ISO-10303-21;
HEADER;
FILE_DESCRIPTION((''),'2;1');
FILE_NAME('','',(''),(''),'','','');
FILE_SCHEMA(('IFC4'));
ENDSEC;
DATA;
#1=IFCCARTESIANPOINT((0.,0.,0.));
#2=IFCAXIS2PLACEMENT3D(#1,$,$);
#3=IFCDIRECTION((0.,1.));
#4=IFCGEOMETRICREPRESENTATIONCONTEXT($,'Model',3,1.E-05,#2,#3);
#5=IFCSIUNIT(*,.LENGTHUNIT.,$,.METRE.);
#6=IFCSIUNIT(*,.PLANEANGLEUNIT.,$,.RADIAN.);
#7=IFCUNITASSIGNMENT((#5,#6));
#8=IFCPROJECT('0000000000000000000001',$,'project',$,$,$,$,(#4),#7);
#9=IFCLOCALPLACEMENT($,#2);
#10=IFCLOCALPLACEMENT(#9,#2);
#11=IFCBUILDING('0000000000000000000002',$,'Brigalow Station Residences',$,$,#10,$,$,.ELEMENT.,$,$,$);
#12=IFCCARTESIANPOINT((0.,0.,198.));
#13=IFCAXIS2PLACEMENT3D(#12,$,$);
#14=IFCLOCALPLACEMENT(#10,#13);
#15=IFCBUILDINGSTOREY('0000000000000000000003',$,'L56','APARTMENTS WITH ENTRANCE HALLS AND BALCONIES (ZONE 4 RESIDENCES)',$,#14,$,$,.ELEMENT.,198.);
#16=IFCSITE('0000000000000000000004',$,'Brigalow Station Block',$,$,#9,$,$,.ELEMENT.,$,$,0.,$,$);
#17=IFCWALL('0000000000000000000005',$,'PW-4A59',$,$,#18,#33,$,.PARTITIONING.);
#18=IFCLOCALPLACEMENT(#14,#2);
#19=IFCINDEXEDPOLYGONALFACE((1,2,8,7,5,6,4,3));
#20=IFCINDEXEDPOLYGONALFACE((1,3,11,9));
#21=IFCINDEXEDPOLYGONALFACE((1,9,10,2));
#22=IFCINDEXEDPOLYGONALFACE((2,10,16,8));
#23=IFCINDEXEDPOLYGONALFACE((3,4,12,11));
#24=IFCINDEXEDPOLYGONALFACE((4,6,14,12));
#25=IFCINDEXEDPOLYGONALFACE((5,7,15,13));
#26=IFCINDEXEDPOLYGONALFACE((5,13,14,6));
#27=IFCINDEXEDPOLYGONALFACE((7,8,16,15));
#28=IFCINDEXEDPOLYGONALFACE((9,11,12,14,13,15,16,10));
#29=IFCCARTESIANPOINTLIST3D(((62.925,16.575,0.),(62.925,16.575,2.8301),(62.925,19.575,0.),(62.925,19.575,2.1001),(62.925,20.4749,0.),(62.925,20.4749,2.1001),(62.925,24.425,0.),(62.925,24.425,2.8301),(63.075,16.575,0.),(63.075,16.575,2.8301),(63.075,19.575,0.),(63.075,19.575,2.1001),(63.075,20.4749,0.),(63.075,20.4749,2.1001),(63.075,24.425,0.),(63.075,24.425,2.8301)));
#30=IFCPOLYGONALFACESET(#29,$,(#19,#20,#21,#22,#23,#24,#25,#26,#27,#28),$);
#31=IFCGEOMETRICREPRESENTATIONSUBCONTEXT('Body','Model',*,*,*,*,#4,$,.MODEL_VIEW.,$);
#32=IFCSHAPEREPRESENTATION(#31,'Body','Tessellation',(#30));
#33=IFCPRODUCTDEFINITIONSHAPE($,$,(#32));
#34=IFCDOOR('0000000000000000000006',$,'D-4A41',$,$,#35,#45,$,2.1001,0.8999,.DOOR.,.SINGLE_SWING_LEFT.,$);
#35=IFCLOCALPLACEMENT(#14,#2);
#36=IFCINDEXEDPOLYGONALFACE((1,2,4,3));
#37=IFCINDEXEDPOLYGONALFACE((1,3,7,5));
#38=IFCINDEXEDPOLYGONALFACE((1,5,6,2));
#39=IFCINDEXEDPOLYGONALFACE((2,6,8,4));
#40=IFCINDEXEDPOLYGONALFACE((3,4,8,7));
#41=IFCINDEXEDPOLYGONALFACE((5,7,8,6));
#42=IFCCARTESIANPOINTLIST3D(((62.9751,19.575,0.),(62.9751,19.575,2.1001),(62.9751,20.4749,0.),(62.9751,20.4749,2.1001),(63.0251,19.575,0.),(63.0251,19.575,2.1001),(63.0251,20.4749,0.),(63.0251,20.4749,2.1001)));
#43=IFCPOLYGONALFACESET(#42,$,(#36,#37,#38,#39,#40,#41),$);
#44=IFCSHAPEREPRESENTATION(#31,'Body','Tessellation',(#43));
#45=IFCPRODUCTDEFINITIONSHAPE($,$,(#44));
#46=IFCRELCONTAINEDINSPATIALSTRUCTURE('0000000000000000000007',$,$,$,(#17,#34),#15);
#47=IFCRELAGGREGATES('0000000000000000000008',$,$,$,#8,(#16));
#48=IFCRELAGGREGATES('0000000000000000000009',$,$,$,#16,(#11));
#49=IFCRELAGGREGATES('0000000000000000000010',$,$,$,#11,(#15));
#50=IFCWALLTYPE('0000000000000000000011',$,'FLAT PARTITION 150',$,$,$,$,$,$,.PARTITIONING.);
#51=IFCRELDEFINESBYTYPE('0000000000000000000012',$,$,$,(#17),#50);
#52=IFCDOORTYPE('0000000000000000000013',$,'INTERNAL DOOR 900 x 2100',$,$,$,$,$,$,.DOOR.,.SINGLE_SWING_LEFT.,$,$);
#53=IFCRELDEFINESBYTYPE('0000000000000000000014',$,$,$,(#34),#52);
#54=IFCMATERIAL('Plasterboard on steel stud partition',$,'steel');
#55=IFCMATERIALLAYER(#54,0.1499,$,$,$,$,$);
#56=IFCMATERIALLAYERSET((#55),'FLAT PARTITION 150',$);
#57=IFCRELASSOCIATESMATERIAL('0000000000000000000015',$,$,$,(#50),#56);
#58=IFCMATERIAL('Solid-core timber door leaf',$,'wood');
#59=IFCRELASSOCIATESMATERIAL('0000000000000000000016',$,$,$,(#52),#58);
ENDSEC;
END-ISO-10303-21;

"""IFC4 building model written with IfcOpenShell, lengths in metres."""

from ifc_helpers import new_model, si_unit, direction, frame, frame_2d, origin, place, context, subcontext, project, spatial, rectangle, extrude, material, layer, layer_set, type_object, element, fill, save


model = new_model("IFC4")

# Units and contexts
model_context = context("Model", 3, precision=1e-05, world=origin(), true_north=direction((0.0, 1.0)))
body_context = subcontext(model_context, "Body", "Model", "MODEL_VIEW")
ifc_project = project(units=[si_unit("LENGTHUNIT", "METRE"), si_unit("PLANEANGLEUNIT", "RADIAN")], contexts=[model_context])

# Site, building, storey
site_placement = place(None, origin())
site = spatial("IfcSite", under=ifc_project, at=site_placement, Name="Brigalow Station Block", CompositionType="ELEMENT", RefElevation=0.0)
building_placement = place(site_placement, origin())
building = spatial("IfcBuilding", under=site, at=building_placement, Name="Brigalow Station Residences", CompositionType="ELEMENT")
storey_placement = place(building_placement, frame((0.0, 0.0, 198.0)))
storey = spatial("IfcBuildingStorey", under=building, at=storey_placement, Name="L56", Description="APARTMENTS WITH ENTRANCE HALLS AND BALCONIES (ZONE 4 RESIDENCES)", CompositionType="ELEMENT", Elevation=198.0)

# Wall, opening, door
ifc_material_1 = material(Name="Plasterboard on steel stud partition", Category="steel")
ifc_layer_1 = layer(ifc_material_1, 0.1499)
ifc_layer_set_1 = layer_set([ifc_layer_1], Name="FLAT PARTITION 150")
wall_type_1 = type_object("IfcWallType", Name="FLAT PARTITION 150", PredefinedType="PARTITIONING", material=ifc_layer_set_1)
wall_1_placement = place(storey_placement, frame((63.0, 16.575, 0.0), z_axis=(0.0, 0.0, 1.0), x_axis=(0.0, 1.0, 0.0)))
wall_1 = element("IfcWall", 1, at=wall_1_placement, inside=storey, type_object=wall_type_1, Name="PW-4A59", PredefinedType="PARTITIONING", context=body_context, shape_type="SweptSolid", body=[
    extrude(rectangle(XDim=7.8501, YDim=0.1499, at=frame_2d((3.925, 0.0))), origin(), (0.0, 0.0, 1.0), 2.8301),
])
opening_1_placement = place(wall_1_placement, frame((3.0, 0.0, 0.0)))
opening_1 = element("IfcOpeningElement", 2, at=opening_1_placement, cuts=wall_1, PredefinedType="OPENING", context=body_context, shape_type="SweptSolid", body=[
    extrude(rectangle(XDim=0.8999, YDim=2.1001, at=frame_2d((0.45, 1.05))), frame((0.0, 0.085, 0.0), z_axis=(0.0, -1.0, 0.0), x_axis=(1.0, 0.0, 0.0)), (0.0, 0.0, 1.0), 0.1699),
])
ifc_material_2 = material(Name="Solid-core timber door leaf", Category="wood")
door_type_1 = type_object("IfcDoorType", Name="INTERNAL DOOR 900 x 2100", OperationType="SINGLE_SWING_LEFT", PredefinedType="DOOR", material=ifc_material_2)
door_1_placement = place(opening_1_placement, origin())
door_1 = element("IfcDoor", 3, at=door_1_placement, inside=storey, type_object=door_type_1, Name="D-4A41", OperationType="SINGLE_SWING_LEFT", OverallHeight=2.1001, OverallWidth=0.8999, PredefinedType="DOOR", context=body_context, shape_type="SweptSolid", body=[
    extrude(rectangle(XDim=0.8999, YDim=2.1001, at=frame_2d((0.45, 1.05))), frame((0.0, 0.0249, 0.0), z_axis=(0.0, -1.0, 0.0), x_axis=(1.0, 0.0, 0.0)), (0.0, 0.0, 1.0), 0.05),
])
fill(opening_1, door_1)

save(model, "model.ifc")
